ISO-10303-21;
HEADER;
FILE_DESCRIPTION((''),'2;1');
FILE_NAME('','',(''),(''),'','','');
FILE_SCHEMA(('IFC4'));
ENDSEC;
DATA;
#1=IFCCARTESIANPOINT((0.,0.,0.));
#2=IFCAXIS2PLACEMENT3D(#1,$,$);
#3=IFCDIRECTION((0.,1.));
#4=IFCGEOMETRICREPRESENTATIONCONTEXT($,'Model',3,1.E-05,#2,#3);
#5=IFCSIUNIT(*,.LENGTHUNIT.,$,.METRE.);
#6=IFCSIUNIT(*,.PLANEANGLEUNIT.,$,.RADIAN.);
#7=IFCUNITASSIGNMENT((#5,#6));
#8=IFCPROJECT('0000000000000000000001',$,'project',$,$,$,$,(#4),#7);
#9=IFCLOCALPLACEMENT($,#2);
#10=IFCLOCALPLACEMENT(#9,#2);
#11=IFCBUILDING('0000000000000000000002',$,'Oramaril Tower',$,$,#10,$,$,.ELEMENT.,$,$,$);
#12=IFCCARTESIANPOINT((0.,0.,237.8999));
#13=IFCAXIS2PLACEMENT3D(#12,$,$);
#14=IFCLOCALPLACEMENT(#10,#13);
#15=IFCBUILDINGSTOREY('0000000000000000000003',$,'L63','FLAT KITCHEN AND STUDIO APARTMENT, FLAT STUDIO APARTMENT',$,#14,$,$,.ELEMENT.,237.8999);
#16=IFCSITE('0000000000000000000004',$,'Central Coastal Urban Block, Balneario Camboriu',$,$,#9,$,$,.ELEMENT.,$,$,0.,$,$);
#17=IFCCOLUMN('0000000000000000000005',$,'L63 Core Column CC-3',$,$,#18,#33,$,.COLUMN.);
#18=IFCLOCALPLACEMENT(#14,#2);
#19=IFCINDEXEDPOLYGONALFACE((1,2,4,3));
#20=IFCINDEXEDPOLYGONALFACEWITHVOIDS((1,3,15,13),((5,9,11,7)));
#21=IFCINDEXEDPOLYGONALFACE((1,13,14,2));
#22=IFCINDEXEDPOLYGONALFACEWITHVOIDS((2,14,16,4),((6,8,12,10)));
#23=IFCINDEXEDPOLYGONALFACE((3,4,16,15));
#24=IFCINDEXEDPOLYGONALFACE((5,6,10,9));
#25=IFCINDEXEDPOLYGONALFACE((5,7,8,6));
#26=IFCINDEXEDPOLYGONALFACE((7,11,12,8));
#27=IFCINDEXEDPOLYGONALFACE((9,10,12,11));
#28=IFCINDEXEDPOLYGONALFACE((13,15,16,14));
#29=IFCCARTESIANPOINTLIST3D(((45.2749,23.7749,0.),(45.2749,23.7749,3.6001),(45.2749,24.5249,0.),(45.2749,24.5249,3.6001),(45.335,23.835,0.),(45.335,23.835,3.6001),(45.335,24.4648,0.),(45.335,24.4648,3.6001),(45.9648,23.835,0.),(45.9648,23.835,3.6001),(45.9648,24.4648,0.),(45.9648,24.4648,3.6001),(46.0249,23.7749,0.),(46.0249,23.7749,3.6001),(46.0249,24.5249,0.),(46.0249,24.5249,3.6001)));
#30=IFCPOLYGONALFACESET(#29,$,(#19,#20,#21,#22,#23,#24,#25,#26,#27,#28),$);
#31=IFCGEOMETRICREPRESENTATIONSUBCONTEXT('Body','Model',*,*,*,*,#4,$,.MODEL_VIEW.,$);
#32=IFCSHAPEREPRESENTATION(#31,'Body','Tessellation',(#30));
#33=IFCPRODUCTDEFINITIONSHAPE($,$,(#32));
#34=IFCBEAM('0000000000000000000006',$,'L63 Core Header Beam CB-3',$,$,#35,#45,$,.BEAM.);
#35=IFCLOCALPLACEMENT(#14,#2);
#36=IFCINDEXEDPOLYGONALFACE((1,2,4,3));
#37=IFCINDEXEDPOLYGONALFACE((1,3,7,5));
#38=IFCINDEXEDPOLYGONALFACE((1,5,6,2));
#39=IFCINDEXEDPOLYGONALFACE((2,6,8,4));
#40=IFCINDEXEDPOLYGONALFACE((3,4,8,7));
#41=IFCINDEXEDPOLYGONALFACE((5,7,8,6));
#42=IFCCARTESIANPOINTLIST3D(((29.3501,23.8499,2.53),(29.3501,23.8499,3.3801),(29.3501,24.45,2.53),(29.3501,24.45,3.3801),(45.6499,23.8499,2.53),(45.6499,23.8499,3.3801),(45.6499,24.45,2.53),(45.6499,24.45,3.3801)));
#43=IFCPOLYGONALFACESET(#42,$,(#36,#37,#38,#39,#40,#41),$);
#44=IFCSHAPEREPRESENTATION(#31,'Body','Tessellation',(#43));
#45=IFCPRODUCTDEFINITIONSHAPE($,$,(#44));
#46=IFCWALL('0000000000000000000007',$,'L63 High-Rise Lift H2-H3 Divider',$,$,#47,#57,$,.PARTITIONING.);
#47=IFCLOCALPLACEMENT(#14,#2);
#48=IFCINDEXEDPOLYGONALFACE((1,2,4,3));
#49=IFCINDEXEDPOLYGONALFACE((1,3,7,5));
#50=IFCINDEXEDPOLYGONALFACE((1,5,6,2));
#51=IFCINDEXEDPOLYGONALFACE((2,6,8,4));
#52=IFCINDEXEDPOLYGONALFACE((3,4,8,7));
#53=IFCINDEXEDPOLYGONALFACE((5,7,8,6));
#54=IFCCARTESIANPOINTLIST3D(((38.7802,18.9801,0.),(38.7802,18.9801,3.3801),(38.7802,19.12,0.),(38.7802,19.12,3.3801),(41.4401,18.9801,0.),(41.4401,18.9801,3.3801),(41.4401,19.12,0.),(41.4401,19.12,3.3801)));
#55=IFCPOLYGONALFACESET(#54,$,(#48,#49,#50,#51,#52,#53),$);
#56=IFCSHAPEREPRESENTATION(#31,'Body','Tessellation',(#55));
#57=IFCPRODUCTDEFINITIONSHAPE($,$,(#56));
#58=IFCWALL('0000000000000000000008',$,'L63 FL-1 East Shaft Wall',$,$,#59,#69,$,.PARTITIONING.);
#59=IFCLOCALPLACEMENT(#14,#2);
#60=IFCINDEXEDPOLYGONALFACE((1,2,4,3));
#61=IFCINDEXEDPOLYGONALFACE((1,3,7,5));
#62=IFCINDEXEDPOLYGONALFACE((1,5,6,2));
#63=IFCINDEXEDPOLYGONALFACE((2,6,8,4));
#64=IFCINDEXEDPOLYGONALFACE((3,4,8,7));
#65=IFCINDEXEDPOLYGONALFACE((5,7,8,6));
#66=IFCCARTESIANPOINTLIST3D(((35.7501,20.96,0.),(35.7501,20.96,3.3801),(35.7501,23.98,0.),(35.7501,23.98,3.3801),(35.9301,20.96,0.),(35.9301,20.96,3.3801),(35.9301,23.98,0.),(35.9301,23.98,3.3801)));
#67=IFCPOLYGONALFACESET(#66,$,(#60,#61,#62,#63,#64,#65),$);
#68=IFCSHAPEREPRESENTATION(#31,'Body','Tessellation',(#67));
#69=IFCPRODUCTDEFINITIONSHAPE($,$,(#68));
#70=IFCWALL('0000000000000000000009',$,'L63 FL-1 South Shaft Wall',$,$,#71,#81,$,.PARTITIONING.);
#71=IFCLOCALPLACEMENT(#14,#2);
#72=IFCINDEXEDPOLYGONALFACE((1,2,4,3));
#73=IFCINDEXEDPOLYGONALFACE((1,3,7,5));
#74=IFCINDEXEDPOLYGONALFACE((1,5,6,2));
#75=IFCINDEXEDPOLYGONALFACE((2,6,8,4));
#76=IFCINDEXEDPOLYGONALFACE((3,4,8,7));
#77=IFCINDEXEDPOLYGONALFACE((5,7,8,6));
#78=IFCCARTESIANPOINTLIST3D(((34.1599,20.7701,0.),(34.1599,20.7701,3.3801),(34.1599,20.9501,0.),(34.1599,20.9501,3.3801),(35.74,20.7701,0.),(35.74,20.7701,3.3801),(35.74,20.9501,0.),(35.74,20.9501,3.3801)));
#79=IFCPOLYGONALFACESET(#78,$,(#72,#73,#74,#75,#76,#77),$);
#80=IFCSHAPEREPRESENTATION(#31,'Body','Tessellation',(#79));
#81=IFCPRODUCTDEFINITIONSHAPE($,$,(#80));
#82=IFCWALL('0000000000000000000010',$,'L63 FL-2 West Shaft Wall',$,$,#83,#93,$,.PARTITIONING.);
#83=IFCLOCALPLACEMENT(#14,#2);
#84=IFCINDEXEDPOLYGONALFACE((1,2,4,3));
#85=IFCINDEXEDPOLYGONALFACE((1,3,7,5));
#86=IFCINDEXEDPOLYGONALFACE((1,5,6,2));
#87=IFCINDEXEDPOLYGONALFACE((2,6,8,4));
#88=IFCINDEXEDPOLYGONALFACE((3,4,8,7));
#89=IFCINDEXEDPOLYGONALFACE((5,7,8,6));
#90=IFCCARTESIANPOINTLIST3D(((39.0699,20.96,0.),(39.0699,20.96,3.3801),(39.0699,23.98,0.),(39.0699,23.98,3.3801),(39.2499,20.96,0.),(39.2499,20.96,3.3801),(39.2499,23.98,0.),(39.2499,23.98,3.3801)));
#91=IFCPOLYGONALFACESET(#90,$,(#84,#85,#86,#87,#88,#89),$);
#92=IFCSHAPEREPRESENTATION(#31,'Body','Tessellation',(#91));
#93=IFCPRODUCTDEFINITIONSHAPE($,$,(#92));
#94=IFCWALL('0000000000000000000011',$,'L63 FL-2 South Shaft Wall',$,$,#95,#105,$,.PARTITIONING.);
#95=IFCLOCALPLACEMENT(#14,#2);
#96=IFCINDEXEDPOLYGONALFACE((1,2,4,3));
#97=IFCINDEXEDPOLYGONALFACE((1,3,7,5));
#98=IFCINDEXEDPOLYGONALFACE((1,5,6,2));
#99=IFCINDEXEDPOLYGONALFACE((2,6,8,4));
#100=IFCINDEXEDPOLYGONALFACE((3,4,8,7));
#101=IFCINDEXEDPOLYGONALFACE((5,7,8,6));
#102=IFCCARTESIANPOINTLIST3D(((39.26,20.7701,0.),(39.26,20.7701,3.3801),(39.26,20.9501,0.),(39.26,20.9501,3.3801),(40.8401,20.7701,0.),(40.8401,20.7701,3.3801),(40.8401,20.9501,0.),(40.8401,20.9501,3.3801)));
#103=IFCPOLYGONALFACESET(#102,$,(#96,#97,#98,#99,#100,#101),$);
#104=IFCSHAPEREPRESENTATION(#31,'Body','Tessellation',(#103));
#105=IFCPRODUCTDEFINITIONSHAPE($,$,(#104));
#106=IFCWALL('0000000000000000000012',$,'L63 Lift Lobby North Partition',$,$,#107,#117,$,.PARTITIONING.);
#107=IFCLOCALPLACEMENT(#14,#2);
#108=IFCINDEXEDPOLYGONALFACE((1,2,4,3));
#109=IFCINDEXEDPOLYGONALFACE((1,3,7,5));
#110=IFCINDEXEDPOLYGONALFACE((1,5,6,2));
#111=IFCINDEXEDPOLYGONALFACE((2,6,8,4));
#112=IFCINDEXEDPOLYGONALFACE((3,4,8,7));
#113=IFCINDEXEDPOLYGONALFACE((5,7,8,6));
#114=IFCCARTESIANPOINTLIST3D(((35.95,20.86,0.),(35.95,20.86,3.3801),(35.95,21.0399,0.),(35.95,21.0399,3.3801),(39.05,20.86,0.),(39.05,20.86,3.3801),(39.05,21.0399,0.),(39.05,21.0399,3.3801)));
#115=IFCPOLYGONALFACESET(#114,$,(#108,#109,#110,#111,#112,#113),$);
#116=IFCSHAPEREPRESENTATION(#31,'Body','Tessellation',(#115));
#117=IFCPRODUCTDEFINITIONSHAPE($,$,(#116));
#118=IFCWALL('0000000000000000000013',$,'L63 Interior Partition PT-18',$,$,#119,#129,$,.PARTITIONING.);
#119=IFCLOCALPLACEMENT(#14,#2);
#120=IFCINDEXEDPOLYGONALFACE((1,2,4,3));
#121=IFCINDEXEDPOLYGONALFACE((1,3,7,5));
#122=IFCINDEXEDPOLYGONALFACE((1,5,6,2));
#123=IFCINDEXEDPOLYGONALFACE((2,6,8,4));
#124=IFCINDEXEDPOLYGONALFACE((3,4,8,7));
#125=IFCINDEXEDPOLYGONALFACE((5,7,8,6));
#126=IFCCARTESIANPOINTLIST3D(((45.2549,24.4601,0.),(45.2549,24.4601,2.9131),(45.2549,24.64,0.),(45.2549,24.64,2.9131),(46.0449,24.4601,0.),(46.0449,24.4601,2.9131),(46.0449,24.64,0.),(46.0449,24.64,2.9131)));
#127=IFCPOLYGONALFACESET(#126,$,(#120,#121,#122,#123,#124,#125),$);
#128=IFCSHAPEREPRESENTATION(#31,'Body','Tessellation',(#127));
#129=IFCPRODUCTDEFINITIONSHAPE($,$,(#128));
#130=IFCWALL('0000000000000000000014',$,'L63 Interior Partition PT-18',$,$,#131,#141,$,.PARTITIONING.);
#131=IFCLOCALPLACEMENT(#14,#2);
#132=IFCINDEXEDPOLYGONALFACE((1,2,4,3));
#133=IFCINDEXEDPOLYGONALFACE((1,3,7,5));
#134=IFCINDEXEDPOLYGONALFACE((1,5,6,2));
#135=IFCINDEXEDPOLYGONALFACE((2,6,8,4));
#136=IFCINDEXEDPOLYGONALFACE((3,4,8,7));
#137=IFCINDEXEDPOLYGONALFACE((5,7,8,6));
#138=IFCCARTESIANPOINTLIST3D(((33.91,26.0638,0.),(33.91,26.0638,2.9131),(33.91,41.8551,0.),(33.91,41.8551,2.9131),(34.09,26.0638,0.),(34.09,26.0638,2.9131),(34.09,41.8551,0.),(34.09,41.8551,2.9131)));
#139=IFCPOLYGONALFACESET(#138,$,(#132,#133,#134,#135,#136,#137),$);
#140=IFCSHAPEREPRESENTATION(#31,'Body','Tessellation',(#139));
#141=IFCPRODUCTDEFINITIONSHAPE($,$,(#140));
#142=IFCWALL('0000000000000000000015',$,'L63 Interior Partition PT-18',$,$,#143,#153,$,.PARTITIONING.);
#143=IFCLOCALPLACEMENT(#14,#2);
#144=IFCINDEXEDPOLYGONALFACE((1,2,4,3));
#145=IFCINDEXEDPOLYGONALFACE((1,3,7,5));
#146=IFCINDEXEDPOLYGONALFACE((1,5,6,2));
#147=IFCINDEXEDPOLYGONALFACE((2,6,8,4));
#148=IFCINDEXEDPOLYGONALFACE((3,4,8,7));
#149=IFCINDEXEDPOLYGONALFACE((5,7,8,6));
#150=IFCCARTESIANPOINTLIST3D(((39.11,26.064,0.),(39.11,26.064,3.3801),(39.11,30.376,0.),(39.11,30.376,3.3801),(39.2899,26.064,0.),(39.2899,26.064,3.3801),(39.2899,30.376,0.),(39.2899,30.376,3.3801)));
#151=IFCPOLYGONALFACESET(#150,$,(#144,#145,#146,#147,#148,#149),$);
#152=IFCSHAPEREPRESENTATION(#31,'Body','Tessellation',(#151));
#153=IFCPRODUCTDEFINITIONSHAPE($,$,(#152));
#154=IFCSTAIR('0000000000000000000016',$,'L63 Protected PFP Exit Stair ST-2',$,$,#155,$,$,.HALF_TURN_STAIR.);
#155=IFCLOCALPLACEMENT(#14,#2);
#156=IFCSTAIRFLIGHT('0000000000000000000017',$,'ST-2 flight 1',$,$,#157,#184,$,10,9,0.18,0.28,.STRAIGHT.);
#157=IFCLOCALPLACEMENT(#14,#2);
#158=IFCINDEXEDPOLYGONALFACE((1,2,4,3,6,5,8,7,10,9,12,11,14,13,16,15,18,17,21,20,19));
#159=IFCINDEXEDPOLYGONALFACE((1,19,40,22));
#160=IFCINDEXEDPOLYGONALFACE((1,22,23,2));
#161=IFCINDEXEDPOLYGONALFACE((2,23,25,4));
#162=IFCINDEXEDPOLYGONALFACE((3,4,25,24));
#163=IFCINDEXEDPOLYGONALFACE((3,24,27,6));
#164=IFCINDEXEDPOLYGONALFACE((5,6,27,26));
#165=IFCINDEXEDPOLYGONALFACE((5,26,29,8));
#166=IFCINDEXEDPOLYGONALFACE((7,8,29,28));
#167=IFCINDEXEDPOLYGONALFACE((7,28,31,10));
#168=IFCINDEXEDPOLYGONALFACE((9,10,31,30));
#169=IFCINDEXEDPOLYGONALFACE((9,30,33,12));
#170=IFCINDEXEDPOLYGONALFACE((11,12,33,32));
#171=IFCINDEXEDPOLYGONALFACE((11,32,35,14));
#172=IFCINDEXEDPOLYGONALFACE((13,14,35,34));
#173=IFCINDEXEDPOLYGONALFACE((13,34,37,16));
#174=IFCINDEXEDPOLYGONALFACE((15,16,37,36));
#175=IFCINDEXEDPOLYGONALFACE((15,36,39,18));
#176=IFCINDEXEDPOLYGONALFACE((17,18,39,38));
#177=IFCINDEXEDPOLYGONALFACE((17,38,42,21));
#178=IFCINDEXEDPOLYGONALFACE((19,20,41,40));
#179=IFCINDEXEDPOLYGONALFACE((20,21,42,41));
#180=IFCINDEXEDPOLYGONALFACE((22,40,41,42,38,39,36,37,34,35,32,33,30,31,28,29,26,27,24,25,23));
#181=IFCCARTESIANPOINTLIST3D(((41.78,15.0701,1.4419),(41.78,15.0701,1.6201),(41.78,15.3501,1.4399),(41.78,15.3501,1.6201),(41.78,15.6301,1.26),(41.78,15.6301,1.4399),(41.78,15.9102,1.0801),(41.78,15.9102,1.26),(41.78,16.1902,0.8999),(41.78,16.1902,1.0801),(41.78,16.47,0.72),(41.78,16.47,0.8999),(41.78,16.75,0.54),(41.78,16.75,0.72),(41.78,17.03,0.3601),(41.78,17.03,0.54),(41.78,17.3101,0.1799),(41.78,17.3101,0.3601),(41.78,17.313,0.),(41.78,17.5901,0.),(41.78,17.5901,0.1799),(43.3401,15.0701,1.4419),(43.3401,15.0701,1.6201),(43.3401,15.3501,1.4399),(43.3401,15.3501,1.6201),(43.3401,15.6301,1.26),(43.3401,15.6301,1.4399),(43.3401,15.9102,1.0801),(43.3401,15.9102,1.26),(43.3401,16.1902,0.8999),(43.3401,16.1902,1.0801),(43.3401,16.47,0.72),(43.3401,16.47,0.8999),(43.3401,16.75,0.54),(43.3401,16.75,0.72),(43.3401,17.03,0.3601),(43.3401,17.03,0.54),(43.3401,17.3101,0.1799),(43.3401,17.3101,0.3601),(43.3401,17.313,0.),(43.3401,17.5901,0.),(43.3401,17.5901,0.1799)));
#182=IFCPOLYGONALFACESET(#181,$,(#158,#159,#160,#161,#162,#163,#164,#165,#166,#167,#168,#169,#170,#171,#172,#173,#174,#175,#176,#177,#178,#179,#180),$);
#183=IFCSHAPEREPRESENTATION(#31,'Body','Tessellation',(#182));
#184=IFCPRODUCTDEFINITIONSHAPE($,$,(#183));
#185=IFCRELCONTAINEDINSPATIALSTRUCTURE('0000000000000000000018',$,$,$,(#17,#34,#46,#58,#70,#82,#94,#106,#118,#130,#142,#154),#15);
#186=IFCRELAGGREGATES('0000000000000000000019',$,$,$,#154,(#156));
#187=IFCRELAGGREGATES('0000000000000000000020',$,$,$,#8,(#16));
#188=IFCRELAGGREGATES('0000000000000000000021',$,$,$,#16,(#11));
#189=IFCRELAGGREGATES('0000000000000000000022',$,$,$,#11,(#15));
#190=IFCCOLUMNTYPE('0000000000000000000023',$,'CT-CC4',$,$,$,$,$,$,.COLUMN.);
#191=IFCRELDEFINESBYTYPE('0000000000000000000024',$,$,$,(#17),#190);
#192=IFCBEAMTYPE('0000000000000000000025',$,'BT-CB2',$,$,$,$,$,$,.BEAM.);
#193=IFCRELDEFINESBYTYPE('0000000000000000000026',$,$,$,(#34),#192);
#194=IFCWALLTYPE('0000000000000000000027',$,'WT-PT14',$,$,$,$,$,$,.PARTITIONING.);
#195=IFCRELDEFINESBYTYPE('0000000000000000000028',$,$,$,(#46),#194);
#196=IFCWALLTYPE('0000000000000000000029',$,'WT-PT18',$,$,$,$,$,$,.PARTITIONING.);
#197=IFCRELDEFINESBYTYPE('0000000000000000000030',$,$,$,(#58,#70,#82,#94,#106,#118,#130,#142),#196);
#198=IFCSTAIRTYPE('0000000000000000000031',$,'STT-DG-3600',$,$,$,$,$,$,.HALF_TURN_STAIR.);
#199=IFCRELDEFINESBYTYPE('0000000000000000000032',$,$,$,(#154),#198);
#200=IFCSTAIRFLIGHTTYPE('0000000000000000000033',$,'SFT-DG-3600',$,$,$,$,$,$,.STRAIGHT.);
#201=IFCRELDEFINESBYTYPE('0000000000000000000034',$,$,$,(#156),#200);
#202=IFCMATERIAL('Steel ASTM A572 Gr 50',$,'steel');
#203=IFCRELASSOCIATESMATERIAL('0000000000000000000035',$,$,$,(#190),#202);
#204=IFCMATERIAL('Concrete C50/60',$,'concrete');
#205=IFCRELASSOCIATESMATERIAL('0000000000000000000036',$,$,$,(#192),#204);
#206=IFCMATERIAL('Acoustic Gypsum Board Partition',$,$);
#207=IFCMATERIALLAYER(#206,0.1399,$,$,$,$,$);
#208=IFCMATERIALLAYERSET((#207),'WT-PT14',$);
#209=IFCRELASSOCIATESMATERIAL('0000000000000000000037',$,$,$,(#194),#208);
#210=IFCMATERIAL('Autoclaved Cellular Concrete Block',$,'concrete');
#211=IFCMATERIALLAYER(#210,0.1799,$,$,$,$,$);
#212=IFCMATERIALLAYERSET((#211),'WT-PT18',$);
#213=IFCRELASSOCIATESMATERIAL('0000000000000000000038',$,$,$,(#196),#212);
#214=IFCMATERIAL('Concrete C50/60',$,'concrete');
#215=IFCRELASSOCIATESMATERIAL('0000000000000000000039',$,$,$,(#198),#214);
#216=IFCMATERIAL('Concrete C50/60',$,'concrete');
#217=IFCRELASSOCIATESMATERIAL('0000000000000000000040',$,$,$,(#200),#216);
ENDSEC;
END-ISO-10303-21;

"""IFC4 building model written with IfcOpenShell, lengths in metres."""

from ifc_helpers import new_model, si_unit, direction, frame, frame_2d, origin, origin_2d, place, context, subcontext, project, spatial, polyline, rectangle, hollow_rectangle, outline, extrude, material, layer, layer_set, material_profile, profile_set, type_object, element, aggregate, save


model = new_model("IFC4")

# Units and contexts
model_context = context("Model", 3, precision=1e-05, world=origin(), true_north=direction((0.0, 1.0)))
body_context = subcontext(model_context, "Body", "Model", "MODEL_VIEW")
ifc_project = project(units=[si_unit("LENGTHUNIT", "METRE"), si_unit("PLANEANGLEUNIT", "RADIAN")], contexts=[model_context])

# Site, building, storey
site_placement = place(None, origin())
site = spatial("IfcSite", under=ifc_project, at=site_placement, Name="Central Coastal Urban Block, Balneario Camboriu", CompositionType="ELEMENT", RefElevation=0.0)
building_placement = place(site_placement, origin())
building = spatial("IfcBuilding", under=site, at=building_placement, Name="Oramaril Tower", CompositionType="ELEMENT")
storey_placement = place(building_placement, frame((0.0, 0.0, 237.8999)))
storey = spatial("IfcBuildingStorey", under=building, at=storey_placement, Name="L63", Description="FLAT KITCHEN AND STUDIO APARTMENT, FLAT STUDIO APARTMENT", CompositionType="ELEMENT", Elevation=237.8999)

# Column
ifc_material_1 = material(Name="Steel ASTM A572 Gr 50", Category="steel")
ifc_material_profile_1 = material_profile(ifc_material_1, hollow_rectangle(XDim=0.75, YDim=0.75, WallThickness=0.0601, at=origin_2d()), Name="BOX750X750X60")
ifc_profile_set_1 = profile_set([ifc_material_profile_1], Name="Steel ASTM A572 Gr 50")
column_type = type_object("IfcColumnType", Name="CT-CC4", PredefinedType="COLUMN", material=ifc_profile_set_1)
column_placement = place(storey_placement, frame((45.6499, 24.1499, 0.0), z_axis=(0.0, 0.0, 1.0), x_axis=(1.0, 0.0, 0.0)))
element("IfcColumn", 1, at=column_placement, inside=storey, type_object=column_type, Name="L63 Core Column CC-3", PredefinedType="COLUMN", context=body_context, shape_type="SweptSolid", body=[
    extrude(hollow_rectangle(XDim=0.75, YDim=0.75, WallThickness=0.0601, at=origin_2d()), origin(), (0.0, 0.0, 1.0), 3.6001),
])

# Beam
ifc_material_2 = material(Name="Concrete C50/60", Category="concrete")
ifc_material_profile_2 = material_profile(ifc_material_2, rectangle(XDim=0.6001, YDim=0.8501, at=origin_2d()), Name="CB600X850")
ifc_profile_set_2 = profile_set([ifc_material_profile_2], Name="Concrete C50/60")
beam_type = type_object("IfcBeamType", Name="BT-CB2", PredefinedType="BEAM", material=ifc_profile_set_2)
beam_placement = place(storey_placement, frame((45.6499, 24.1499, 2.9551), z_axis=(-1.0, 0.0, 0.0), x_axis=(0.0, -1.0, 0.0)))
element("IfcBeam", 2, at=beam_placement, inside=storey, type_object=beam_type, Name="L63 Core Header Beam CB-3", PredefinedType="BEAM", context=body_context, shape_type="SweptSolid", body=[
    extrude(rectangle(XDim=0.6001, YDim=0.8501, at=origin_2d()), origin(), (0.0, 0.0, 1.0), 16.2998),
])

# Walls
ifc_material_3 = material(Name="Acoustic Gypsum Board Partition")
ifc_layer_1 = layer(ifc_material_3, 0.1399)
ifc_layer_set_1 = layer_set([ifc_layer_1], Name="WT-PT14")
wall_type_1 = type_object("IfcWallType", Name="WT-PT14", PredefinedType="PARTITIONING", material=ifc_layer_set_1)
wall_1_placement = place(storey_placement, frame((38.78, 19.05, 0.0), z_axis=(0.0, 0.0, 1.0), x_axis=(1.0, 0.0, 0.0)))
element("IfcWall", 3, at=wall_1_placement, inside=storey, type_object=wall_type_1, Name="L63 High-Rise Lift H2-H3 Divider", PredefinedType="PARTITIONING", context=body_context, shape_type="SweptSolid", body=[
    extrude(rectangle(XDim=2.6599, YDim=0.1399, at=frame_2d((1.3301, 0.0))), origin(), (0.0, 0.0, 1.0), 3.3801),
])
ifc_material_4 = material(Name="Autoclaved Cellular Concrete Block", Category="concrete")
ifc_layer_2 = layer(ifc_material_4, 0.1799)
ifc_layer_set_2 = layer_set([ifc_layer_2], Name="WT-PT18")
wall_type_2 = type_object("IfcWallType", Name="WT-PT18", PredefinedType="PARTITIONING", material=ifc_layer_set_2)
wall_2_placement = place(storey_placement, frame((35.8401, 20.96, 0.0), z_axis=(0.0, 0.0, 1.0), x_axis=(0.0, 1.0, 0.0)))
element("IfcWall", 4, at=wall_2_placement, inside=storey, type_object=wall_type_2, Name="L63 FL-1 East Shaft Wall", PredefinedType="PARTITIONING", context=body_context, shape_type="SweptSolid", body=[
    extrude(rectangle(XDim=3.02, YDim=0.1799, at=frame_2d((1.51, 0.0))), origin(), (0.0, 0.0, 1.0), 3.3801),
])
wall_3_placement = place(storey_placement, frame((34.1599, 20.8601, 0.0), z_axis=(0.0, 0.0, 1.0), x_axis=(1.0, 0.0, 0.0)))
element("IfcWall", 5, at=wall_3_placement, inside=storey, type_object=wall_type_2, Name="L63 FL-1 South Shaft Wall", PredefinedType="PARTITIONING", context=body_context, shape_type="SweptSolid", body=[
    extrude(rectangle(XDim=1.5801, YDim=0.1799, at=frame_2d((0.79, 0.0))), origin(), (0.0, 0.0, 1.0), 3.3801),
])
wall_4_placement = place(storey_placement, frame((39.1599, 20.96, 0.0), z_axis=(0.0, 0.0, 1.0), x_axis=(0.0, 1.0, 0.0)))
element("IfcWall", 6, at=wall_4_placement, inside=storey, type_object=wall_type_2, Name="L63 FL-2 West Shaft Wall", PredefinedType="PARTITIONING", context=body_context, shape_type="SweptSolid", body=[
    extrude(rectangle(XDim=3.02, YDim=0.1799, at=frame_2d((1.51, 0.0))), origin(), (0.0, 0.0, 1.0), 3.3801),
])
wall_5_placement = place(storey_placement, frame((39.26, 20.8601, 0.0), z_axis=(0.0, 0.0, 1.0), x_axis=(1.0, 0.0, 0.0)))
element("IfcWall", 7, at=wall_5_placement, inside=storey, type_object=wall_type_2, Name="L63 FL-2 South Shaft Wall", PredefinedType="PARTITIONING", context=body_context, shape_type="SweptSolid", body=[
    extrude(rectangle(XDim=1.5801, YDim=0.1799, at=frame_2d((0.79, 0.0))), origin(), (0.0, 0.0, 1.0), 3.3801),
])
wall_6_placement = place(storey_placement, frame((35.95, 20.95, 0.0), z_axis=(0.0, 0.0, 1.0), x_axis=(1.0, 0.0, 0.0)))
element("IfcWall", 8, at=wall_6_placement, inside=storey, type_object=wall_type_2, Name="L63 Lift Lobby North Partition", PredefinedType="PARTITIONING", context=body_context, shape_type="SweptSolid", body=[
    extrude(rectangle(XDim=3.1001, YDim=0.1799, at=frame_2d((1.55, 0.0))), origin(), (0.0, 0.0, 1.0), 3.3801),
])
wall_7_placement = place(storey_placement, frame((45.2549, 24.55, 0.0), z_axis=(0.0, 0.0, 1.0), x_axis=(1.0, 0.0, 0.0)))
element("IfcWall", 9, at=wall_7_placement, inside=storey, type_object=wall_type_2, Name="L63 Interior Partition PT-18", PredefinedType="PARTITIONING", context=body_context, shape_type="SweptSolid", body=[
    extrude(rectangle(XDim=0.79, YDim=0.1799, at=frame_2d((0.395, 0.0))), origin(), (0.0, 0.0, 1.0), 2.9131),
])
wall_8_placement = place(storey_placement, frame((34.0, 26.064, 0.0), z_axis=(0.0, 0.0, 1.0), x_axis=(0.0, 1.0, 0.0)))
element("IfcWall", 10, at=wall_8_placement, inside=storey, type_object=wall_type_2, Name="L63 Interior Partition PT-18", PredefinedType="PARTITIONING", context=body_context, shape_type="SweptSolid", body=[
    extrude(rectangle(XDim=15.7913, YDim=0.1799, at=frame_2d((7.8955, 0.0))), origin(), (0.0, 0.0, 1.0), 2.9131),
])
wall_9_placement = place(storey_placement, frame((39.2, 26.064, 0.0), z_axis=(0.0, 0.0, 1.0), x_axis=(0.0, 1.0, 0.0)))
element("IfcWall", 11, at=wall_9_placement, inside=storey, type_object=wall_type_2, Name="L63 Interior Partition PT-18", PredefinedType="PARTITIONING", context=body_context, shape_type="SweptSolid", body=[
    extrude(rectangle(XDim=4.312, YDim=0.1799, at=frame_2d((2.156, 0.0))), origin(), (0.0, 0.0, 1.0), 3.3801),
])

# Stair, stair flight
ifc_material_5 = material(Name="Concrete C50/60", Category="concrete")
stair_type = type_object("IfcStairType", Name="STT-DG-3600", PredefinedType="HALF_TURN_STAIR", material=ifc_material_5)
stair_placement = place(storey_placement, origin())
stair = element("IfcStair", 12, at=stair_placement, inside=storey, type_object=stair_type, Name="L63 Protected PFP Exit Stair ST-2", PredefinedType="HALF_TURN_STAIR")
ifc_material_6 = material(Name="Concrete C50/60", Category="concrete")
stair_flight_type = type_object("IfcStairFlightType", Name="SFT-DG-3600", PredefinedType="STRAIGHT", material=ifc_material_6)
stair_flight_placement = place(storey_placement, frame((42.5601, 17.5901, 0.0), z_axis=(0.0, 0.0, 1.0), x_axis=(0.0, -1.0, 0.0)))
stair_flight = element("IfcStairFlight", 13, at=stair_flight_placement, type_object=stair_flight_type, Name="ST-2 flight 1", NumberOfRisers=10, NumberOfTreads=9, PredefinedType="STRAIGHT", RiserHeight=0.18, TreadLength=0.28, context=body_context, shape_type="SweptSolid", body=[
    extrude(outline(polyline([(0.0, 0.0), (0.0, 0.1799), (0.28, 0.1799), (0.28, 0.3601), (0.5601, 0.3601), (0.5601, 0.54), (0.8401, 0.54), (0.8401, 0.72), (1.1201, 0.72), (1.1201, 0.8999), (1.3999, 0.8999), (1.3999, 1.0801), (1.6799, 1.0801), (1.6799, 1.26), (1.96, 1.26), (1.96, 1.4399), (2.24, 1.4399), (2.24, 1.6201), (2.52, 1.6201), (2.52, 1.8), (2.52, 1.4419), (0.2771, 0.0), (0.0, 0.0)])), frame((0.0, 0.78, 0.0), z_axis=(0.0, -1.0, 0.0), x_axis=(1.0, 0.0, 0.0)), (0.0, 0.0, 1.0), 1.5601),
])
aggregate(stair, [stair_flight])

save(model, "model.ifc")
